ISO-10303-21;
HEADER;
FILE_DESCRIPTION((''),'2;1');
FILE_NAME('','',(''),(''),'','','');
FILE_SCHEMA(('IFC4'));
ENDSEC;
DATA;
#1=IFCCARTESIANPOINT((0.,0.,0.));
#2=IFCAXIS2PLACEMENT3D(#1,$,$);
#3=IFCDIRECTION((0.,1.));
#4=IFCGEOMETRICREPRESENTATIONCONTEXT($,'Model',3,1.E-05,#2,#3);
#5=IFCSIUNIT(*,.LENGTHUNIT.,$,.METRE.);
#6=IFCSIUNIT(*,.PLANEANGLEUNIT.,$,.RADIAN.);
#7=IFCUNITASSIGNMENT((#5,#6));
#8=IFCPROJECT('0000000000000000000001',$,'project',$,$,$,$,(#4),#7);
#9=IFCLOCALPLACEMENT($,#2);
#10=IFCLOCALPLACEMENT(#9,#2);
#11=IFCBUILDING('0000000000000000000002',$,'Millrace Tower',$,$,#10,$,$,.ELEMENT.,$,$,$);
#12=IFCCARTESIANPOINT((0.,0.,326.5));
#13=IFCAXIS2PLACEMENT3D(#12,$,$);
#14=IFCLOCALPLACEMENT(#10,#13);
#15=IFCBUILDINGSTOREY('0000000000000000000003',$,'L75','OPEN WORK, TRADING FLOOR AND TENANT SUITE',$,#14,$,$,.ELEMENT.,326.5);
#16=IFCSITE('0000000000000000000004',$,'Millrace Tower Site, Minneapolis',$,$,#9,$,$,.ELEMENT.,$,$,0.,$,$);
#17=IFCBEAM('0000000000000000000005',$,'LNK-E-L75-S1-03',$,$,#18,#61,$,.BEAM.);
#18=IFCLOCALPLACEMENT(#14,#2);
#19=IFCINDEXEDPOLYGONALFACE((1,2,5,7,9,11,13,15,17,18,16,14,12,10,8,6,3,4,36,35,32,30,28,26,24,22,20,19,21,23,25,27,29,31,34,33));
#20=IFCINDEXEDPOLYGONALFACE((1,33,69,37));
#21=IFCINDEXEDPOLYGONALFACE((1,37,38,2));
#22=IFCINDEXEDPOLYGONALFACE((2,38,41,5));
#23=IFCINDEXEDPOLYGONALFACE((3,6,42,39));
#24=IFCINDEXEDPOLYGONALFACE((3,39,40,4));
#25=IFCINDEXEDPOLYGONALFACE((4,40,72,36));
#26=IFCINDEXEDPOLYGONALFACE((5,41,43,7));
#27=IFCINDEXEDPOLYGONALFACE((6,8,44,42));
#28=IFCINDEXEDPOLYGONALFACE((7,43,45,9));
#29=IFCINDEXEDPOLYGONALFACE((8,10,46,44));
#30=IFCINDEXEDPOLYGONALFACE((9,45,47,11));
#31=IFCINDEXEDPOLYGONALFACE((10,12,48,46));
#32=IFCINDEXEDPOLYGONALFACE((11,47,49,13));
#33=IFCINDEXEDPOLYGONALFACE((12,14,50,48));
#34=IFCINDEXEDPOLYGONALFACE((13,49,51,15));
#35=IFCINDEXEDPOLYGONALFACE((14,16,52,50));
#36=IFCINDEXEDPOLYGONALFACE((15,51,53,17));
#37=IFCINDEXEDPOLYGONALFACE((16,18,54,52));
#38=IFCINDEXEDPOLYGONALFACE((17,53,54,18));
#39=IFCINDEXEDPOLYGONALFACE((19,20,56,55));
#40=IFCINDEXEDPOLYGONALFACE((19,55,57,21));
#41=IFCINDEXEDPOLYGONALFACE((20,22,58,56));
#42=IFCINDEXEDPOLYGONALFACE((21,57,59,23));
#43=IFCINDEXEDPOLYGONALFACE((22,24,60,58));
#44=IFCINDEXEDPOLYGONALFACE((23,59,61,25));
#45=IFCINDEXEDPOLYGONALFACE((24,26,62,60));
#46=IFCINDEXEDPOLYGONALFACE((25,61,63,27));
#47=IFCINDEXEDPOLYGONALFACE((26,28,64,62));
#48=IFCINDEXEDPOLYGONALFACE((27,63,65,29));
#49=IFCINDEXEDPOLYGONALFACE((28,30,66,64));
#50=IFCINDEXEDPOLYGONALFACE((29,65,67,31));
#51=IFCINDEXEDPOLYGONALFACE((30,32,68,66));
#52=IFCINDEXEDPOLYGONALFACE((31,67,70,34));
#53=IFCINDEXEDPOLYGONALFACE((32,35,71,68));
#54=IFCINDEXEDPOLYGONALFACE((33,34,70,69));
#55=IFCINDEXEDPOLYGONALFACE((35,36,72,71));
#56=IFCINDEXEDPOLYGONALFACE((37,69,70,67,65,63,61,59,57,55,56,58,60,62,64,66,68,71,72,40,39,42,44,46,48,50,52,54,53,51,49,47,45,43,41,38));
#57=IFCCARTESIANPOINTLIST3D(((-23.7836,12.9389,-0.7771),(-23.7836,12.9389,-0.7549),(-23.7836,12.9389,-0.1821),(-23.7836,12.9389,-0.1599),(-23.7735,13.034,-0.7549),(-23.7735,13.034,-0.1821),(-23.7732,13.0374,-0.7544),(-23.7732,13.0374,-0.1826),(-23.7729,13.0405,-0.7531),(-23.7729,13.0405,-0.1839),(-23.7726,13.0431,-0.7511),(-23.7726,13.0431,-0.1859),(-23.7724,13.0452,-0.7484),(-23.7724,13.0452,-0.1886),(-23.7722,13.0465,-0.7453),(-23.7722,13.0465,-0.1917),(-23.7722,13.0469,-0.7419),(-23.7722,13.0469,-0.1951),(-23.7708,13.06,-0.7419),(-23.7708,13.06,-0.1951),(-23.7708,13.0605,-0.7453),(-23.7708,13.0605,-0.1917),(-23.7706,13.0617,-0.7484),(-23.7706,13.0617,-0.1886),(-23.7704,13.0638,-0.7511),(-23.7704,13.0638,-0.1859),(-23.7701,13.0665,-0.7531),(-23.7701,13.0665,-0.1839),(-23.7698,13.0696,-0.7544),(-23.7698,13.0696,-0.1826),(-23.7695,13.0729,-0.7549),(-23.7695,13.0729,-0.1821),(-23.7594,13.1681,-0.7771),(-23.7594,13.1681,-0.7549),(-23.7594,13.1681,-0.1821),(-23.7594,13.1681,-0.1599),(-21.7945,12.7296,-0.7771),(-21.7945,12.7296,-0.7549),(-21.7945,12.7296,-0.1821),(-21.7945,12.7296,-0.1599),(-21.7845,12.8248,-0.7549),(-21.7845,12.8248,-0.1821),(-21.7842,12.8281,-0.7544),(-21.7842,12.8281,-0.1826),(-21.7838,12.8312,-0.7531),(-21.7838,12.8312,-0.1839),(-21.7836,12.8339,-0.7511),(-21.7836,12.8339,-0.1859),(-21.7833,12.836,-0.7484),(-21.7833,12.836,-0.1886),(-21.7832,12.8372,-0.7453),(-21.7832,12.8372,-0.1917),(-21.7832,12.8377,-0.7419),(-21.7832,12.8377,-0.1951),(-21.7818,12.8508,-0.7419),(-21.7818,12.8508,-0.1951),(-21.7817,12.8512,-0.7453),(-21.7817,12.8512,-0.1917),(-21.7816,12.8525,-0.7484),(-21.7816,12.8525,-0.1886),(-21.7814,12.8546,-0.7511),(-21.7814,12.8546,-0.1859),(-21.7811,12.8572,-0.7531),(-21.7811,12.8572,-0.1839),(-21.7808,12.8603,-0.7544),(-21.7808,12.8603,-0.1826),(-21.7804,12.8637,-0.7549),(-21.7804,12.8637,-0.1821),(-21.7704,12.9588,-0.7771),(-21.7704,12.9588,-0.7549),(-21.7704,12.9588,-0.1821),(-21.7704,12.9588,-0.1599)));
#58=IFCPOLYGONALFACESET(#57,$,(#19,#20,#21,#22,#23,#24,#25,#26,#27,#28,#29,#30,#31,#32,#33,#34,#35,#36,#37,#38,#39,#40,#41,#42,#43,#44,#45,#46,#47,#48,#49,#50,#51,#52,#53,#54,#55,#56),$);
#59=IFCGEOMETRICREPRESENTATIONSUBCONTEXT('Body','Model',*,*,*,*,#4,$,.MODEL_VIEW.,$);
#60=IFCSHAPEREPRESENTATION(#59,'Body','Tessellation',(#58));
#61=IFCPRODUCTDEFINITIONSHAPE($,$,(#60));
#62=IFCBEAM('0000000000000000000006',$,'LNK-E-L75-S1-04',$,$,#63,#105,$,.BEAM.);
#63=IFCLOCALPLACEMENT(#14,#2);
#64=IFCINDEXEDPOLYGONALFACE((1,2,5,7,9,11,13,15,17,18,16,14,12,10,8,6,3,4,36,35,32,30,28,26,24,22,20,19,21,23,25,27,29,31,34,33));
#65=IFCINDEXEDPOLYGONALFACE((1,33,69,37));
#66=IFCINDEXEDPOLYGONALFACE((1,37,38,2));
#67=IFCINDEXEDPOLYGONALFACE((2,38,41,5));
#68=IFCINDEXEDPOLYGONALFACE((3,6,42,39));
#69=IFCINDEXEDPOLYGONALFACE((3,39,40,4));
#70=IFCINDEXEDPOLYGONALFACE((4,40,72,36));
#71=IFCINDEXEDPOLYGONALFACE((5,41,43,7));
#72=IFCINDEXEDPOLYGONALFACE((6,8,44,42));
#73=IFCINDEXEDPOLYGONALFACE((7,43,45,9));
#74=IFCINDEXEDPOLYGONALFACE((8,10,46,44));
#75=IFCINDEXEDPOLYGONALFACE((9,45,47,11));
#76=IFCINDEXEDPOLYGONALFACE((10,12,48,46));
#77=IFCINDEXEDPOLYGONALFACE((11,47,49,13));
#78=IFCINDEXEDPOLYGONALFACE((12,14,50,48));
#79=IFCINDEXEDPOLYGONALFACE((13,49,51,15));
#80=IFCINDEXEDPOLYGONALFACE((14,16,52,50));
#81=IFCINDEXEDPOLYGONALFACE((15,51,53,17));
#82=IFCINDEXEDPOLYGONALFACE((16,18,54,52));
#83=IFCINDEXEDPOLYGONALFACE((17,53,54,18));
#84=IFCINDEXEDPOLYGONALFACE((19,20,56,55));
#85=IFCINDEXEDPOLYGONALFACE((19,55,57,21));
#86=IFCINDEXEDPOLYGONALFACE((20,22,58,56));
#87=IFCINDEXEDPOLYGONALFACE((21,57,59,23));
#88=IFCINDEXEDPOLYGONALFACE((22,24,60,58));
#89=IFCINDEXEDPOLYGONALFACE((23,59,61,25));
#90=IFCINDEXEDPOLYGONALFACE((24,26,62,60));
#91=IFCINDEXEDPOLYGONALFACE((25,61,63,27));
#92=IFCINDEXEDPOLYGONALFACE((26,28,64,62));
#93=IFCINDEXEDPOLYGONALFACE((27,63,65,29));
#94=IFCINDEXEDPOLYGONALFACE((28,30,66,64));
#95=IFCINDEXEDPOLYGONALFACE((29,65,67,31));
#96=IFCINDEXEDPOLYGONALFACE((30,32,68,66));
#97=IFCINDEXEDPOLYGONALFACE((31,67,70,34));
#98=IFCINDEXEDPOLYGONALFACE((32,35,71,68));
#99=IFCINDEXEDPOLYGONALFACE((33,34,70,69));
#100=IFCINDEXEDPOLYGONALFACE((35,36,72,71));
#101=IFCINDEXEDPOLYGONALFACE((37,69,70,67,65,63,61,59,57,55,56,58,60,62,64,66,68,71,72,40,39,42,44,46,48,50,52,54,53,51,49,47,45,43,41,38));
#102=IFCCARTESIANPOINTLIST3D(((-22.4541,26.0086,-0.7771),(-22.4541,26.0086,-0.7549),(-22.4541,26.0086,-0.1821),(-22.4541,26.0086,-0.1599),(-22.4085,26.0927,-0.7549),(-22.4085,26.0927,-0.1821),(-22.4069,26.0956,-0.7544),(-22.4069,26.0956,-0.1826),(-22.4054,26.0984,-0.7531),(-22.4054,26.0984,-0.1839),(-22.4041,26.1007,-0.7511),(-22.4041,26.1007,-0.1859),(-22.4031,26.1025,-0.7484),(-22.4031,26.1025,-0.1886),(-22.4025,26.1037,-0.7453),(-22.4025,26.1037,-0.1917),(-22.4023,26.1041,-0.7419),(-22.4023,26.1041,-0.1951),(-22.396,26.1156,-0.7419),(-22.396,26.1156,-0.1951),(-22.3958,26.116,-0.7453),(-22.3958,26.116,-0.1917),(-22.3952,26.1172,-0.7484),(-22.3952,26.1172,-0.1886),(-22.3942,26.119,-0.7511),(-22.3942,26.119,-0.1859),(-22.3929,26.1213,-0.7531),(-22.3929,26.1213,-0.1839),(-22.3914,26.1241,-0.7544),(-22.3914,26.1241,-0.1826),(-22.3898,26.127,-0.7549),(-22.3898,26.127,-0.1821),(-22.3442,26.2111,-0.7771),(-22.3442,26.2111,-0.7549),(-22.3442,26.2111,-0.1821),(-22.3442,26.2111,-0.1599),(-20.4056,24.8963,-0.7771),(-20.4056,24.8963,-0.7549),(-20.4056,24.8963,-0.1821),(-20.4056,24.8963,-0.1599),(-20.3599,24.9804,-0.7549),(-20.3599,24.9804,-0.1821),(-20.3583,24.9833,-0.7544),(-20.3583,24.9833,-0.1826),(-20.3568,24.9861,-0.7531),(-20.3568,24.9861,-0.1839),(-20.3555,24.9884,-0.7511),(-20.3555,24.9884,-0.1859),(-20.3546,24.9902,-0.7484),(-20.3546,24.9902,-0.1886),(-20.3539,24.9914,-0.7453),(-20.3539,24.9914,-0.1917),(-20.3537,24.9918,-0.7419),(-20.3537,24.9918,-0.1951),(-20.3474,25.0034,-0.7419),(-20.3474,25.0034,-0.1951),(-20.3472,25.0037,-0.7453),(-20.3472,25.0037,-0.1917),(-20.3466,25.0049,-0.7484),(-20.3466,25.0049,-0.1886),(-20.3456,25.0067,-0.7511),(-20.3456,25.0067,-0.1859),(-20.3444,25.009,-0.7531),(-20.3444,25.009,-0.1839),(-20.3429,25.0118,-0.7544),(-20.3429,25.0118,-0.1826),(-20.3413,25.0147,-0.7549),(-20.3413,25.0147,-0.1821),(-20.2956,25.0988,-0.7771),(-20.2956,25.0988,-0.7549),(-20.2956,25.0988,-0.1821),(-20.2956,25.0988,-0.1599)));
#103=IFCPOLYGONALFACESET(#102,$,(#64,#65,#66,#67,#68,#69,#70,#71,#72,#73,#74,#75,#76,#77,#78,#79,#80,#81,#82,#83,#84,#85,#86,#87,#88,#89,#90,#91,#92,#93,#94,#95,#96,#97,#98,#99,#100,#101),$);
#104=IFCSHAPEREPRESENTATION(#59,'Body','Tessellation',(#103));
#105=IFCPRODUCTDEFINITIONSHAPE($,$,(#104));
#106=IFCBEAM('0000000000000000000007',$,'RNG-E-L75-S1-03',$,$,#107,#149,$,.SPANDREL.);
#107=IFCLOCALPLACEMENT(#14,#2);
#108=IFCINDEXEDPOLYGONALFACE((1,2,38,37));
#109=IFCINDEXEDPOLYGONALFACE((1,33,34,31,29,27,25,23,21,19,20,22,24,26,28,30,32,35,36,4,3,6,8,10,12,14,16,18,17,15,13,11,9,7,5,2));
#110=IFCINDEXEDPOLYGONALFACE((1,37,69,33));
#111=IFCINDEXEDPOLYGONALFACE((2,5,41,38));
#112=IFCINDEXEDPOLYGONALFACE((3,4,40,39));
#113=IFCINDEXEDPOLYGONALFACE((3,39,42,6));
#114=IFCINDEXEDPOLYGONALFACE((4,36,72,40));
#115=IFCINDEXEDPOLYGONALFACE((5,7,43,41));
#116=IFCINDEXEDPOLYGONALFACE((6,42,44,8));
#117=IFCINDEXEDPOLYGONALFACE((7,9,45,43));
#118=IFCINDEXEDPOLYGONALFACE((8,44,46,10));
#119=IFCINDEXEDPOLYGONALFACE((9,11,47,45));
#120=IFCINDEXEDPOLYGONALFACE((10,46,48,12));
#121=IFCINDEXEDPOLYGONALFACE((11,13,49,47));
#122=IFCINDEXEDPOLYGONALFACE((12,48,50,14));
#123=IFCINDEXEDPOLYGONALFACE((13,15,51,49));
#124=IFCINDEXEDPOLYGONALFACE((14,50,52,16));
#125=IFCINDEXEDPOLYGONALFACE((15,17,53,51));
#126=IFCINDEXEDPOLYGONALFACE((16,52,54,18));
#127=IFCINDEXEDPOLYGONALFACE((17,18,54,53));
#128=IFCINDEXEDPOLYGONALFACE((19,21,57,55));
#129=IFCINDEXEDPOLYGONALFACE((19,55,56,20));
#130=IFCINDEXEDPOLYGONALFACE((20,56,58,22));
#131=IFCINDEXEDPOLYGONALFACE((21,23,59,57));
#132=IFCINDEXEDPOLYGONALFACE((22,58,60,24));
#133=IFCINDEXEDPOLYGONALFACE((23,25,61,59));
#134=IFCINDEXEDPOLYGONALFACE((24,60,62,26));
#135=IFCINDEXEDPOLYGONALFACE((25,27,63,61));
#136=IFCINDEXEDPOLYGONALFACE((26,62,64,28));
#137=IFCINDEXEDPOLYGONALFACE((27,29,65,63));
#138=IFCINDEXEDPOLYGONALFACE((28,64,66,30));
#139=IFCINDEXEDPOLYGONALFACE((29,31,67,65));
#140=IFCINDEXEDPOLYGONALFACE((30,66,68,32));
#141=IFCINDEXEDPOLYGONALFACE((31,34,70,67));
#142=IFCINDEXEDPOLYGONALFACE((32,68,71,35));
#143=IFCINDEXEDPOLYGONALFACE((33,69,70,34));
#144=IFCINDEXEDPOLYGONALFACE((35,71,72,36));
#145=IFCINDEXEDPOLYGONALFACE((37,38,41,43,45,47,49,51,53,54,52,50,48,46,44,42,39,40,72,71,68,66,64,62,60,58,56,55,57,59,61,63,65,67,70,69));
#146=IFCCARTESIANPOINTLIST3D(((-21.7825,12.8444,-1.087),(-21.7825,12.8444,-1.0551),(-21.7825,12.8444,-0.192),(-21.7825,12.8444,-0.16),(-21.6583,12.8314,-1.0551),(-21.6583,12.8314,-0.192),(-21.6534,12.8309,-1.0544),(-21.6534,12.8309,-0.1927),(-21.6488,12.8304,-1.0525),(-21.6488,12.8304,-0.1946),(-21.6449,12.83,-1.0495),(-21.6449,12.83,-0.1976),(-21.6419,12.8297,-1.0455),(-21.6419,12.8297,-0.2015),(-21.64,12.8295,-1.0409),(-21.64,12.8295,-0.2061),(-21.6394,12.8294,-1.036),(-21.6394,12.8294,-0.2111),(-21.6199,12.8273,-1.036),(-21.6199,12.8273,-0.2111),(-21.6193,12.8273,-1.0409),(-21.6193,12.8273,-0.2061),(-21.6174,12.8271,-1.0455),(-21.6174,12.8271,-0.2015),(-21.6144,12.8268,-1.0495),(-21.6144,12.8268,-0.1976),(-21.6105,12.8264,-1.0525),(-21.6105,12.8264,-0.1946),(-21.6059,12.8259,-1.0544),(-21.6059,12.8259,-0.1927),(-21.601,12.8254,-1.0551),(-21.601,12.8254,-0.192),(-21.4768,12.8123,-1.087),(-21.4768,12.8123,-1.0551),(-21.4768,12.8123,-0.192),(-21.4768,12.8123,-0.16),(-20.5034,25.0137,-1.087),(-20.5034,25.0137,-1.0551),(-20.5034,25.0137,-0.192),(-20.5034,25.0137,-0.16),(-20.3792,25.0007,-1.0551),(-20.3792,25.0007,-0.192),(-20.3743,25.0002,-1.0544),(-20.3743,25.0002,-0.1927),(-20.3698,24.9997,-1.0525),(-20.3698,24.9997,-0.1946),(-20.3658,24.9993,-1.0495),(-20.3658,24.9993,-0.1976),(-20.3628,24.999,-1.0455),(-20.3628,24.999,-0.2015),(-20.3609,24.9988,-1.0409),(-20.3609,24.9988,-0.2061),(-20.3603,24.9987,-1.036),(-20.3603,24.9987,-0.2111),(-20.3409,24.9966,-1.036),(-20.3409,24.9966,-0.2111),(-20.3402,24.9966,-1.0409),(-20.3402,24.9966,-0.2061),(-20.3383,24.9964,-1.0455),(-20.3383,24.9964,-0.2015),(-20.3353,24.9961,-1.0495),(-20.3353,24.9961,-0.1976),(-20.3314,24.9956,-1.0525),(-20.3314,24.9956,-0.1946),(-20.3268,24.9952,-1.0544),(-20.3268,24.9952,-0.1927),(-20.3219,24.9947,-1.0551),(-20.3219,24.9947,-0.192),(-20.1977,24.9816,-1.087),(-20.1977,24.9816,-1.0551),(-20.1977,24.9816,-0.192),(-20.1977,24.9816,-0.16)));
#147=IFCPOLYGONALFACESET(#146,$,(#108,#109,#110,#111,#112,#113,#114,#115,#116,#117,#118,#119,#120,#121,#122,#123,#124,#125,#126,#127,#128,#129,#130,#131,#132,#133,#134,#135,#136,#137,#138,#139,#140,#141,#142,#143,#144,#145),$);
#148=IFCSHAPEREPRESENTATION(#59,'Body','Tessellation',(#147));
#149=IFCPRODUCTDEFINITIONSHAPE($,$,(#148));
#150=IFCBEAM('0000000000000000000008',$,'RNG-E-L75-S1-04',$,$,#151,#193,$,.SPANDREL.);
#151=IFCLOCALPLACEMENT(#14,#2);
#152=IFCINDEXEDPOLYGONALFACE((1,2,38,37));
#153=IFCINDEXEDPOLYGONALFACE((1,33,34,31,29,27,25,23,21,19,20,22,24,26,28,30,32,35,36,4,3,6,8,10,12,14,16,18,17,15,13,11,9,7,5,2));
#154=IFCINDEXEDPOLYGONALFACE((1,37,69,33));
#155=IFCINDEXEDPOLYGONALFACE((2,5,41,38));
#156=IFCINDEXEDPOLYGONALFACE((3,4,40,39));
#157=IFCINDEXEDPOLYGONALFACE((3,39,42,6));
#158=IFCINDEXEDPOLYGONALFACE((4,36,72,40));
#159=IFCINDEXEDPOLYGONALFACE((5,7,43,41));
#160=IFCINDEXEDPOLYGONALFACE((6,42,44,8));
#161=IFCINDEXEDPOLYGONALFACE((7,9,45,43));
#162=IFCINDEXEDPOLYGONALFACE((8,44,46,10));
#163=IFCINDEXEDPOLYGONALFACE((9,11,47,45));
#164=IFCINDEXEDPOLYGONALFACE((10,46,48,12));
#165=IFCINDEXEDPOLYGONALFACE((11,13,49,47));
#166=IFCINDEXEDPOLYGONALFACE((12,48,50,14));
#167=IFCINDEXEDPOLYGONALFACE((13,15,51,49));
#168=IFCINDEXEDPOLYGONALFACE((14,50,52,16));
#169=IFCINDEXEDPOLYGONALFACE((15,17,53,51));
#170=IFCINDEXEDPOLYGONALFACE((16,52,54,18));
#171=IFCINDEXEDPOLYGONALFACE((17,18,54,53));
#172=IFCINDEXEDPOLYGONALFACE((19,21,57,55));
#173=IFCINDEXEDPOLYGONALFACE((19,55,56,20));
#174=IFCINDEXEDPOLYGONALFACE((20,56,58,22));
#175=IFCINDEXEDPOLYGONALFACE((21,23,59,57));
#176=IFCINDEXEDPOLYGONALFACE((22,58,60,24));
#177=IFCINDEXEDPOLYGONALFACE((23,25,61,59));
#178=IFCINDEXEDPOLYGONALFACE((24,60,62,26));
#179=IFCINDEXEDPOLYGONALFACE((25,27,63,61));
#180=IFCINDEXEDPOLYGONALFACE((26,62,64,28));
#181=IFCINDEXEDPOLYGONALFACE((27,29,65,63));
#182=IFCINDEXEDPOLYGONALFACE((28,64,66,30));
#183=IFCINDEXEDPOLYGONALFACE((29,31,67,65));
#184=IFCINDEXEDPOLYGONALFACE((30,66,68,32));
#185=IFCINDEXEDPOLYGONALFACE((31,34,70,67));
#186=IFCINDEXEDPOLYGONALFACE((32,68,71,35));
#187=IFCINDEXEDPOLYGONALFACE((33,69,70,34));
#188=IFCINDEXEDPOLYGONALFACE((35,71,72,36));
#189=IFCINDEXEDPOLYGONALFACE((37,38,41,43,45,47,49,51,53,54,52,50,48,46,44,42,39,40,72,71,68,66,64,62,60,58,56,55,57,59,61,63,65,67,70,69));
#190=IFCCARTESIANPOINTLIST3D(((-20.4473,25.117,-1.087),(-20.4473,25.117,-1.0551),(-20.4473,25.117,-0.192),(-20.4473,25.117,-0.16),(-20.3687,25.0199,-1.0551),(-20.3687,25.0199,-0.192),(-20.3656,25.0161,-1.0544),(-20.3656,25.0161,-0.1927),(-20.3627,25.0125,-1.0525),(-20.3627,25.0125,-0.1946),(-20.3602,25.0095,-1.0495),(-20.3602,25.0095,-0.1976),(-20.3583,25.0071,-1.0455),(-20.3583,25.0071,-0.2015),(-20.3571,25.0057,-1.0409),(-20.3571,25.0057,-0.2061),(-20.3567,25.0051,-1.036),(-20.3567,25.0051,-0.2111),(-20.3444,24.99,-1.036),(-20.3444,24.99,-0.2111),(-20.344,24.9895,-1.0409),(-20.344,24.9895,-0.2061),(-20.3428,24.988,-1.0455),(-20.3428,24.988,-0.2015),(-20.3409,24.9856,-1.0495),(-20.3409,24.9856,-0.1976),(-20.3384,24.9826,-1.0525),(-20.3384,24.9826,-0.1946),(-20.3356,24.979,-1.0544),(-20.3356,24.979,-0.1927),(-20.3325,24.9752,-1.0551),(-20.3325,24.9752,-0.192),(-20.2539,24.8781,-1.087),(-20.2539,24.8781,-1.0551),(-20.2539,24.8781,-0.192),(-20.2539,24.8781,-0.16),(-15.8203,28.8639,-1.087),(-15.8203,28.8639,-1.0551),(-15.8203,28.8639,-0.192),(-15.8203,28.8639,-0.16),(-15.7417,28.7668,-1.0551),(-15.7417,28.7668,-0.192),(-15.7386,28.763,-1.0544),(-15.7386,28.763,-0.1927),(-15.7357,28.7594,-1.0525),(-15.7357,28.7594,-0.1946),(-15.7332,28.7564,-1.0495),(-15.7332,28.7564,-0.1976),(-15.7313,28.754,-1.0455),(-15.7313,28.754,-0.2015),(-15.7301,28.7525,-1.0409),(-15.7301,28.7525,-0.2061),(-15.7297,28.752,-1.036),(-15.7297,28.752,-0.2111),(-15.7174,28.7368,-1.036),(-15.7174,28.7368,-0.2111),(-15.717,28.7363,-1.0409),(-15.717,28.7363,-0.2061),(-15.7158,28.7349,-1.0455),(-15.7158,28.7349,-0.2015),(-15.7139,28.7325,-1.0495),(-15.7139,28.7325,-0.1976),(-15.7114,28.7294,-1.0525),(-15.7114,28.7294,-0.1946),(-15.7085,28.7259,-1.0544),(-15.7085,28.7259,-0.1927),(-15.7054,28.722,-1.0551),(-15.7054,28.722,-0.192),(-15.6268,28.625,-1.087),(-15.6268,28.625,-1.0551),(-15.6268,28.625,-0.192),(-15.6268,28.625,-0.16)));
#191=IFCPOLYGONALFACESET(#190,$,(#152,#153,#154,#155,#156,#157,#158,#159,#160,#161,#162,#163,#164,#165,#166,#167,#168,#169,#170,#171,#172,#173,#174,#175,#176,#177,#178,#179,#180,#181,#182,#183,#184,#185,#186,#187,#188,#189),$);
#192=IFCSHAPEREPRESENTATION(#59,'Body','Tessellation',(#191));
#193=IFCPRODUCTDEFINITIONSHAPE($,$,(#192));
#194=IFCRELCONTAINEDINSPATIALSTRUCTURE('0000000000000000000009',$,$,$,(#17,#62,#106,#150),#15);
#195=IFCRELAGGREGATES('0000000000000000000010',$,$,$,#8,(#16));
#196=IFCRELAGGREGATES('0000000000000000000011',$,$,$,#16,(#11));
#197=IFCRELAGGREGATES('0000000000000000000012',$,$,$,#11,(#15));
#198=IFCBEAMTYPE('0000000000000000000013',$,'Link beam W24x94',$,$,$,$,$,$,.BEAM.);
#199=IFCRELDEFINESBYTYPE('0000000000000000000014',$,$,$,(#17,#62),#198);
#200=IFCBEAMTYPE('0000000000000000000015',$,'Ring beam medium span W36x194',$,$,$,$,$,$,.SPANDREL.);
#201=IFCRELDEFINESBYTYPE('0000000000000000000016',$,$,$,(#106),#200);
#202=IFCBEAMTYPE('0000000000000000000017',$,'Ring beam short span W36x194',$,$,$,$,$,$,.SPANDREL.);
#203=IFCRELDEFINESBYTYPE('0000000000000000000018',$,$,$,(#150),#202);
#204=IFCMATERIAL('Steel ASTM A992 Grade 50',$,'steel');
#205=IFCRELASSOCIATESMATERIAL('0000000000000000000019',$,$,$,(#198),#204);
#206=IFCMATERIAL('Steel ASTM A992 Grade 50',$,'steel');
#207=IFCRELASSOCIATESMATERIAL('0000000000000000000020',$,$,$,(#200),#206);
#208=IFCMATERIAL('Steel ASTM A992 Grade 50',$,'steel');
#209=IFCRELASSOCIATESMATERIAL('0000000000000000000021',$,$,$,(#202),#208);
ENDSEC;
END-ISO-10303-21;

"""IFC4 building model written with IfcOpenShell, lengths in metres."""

from ifc_helpers import new_model, si_unit, direction, frame, origin, origin_2d, place, context, subcontext, project, spatial, i_section, extrude, material, material_profile, profile_set, type_object, element, save


model = new_model("IFC4")

# Units and contexts
model_context = context("Model", 3, precision=1e-05, world=origin(), true_north=direction((0.0, 1.0)))
body_context = subcontext(model_context, "Body", "Model", "MODEL_VIEW")
ifc_project = project(units=[si_unit("LENGTHUNIT", "METRE"), si_unit("PLANEANGLEUNIT", "RADIAN")], contexts=[model_context])

# Site, building, storey
site_placement = place(None, origin())
site = spatial("IfcSite", under=ifc_project, at=site_placement, Name="Millrace Tower Site, Minneapolis", CompositionType="ELEMENT", RefElevation=0.0)
building_placement = place(site_placement, origin())
building = spatial("IfcBuilding", under=site, at=building_placement, Name="Millrace Tower", CompositionType="ELEMENT")
storey_placement = place(building_placement, frame((0.0, 0.0, 326.5)))
storey = spatial("IfcBuildingStorey", under=building, at=storey_placement, Name="L75", Description="OPEN WORK, TRADING FLOOR AND TENANT SUITE", CompositionType="ELEMENT", Elevation=326.5)

# Beams
ifc_material_1 = material(Name="Steel ASTM A992 Grade 50", Category="steel")
ifc_material_profile_1 = material_profile(ifc_material_1, i_section(OverallWidth=0.2305, OverallDepth=0.6172, WebThickness=0.0132, FlangeThickness=0.0222, FilletRadius=0.0129, at=origin_2d()))
ifc_profile_set_1 = profile_set([ifc_material_profile_1], Name="Steel ASTM A992 Grade 50")
beam_type_1 = type_object("IfcBeamType", Name="Link beam W24x94", PredefinedType="BEAM", material=ifc_profile_set_1)
beam_1_placement = place(storey_placement, frame((-21.7825, 12.8442, -0.4685), z_axis=(-0.994513, 0.104615, 0.0), x_axis=(-0.104615, -0.994513, 0.0)))
element("IfcBeam", 1, at=beam_1_placement, inside=storey, type_object=beam_type_1, Name="LNK-E-L75-S1-03", PredefinedType="BEAM", context=body_context, shape_type="SweptSolid", body=[
    extrude(i_section(OverallWidth=0.2305, OverallDepth=0.6172, WebThickness=0.0132, FlangeThickness=0.0222, FilletRadius=0.0129, at=origin_2d()), origin(), (0.0, 0.0, 1.0), 2.0),
])
beam_2_placement = place(storey_placement, frame((-20.3506, 24.9976, -0.4685), z_axis=(-0.878815, 0.477164, 0.0), x_axis=(-0.477164, -0.878815, 0.0)))
element("IfcBeam", 2, at=beam_2_placement, inside=storey, type_object=beam_type_1, Name="LNK-E-L75-S1-04", PredefinedType="BEAM", context=body_context, shape_type="SweptSolid", body=[
    extrude(i_section(OverallWidth=0.2305, OverallDepth=0.6172, WebThickness=0.0132, FlangeThickness=0.0222, FilletRadius=0.0129, at=origin_2d()), origin(), (0.0, 0.0, 1.0), 2.3311),
])
ifc_material_2 = material(Name="Steel ASTM A992 Grade 50", Category="steel")
ifc_material_profile_2 = material_profile(ifc_material_2, i_section(OverallWidth=0.3074, OverallDepth=0.927, WebThickness=0.0195, FlangeThickness=0.032, FilletRadius=0.019, at=origin_2d()))
ifc_profile_set_2 = profile_set([ifc_material_profile_2], Name="Steel ASTM A992 Grade 50")
beam_type_2 = type_object("IfcBeamType", Name="Ring beam medium span W36x194", PredefinedType="SPANDREL", material=ifc_profile_set_2)
beam_3_placement = place(storey_placement, frame((-21.6296, 12.8284, -0.6235), z_axis=(0.10453, 0.994522, 0.0), x_axis=(-0.994522, 0.10453, 0.0)))
element("IfcBeam", 3, at=beam_3_placement, inside=storey, type_object=beam_type_2, Name="RNG-E-L75-S1-03", PredefinedType="SPANDREL", context=body_context, shape_type="SweptSolid", body=[
    extrude(i_section(OverallWidth=0.3074, OverallDepth=0.927, WebThickness=0.0195, FlangeThickness=0.032, FilletRadius=0.019, at=origin_2d()), origin(), (0.0, 0.0, 1.0), 12.2363),
])
ifc_material_3 = material(Name="Steel ASTM A992 Grade 50", Category="steel")
ifc_material_profile_3 = material_profile(ifc_material_3, i_section(OverallWidth=0.3074, OverallDepth=0.927, WebThickness=0.0195, FlangeThickness=0.032, FilletRadius=0.019, at=origin_2d()))
ifc_profile_set_3 = profile_set([ifc_material_profile_3], Name="Steel ASTM A992 Grade 50")
beam_type_3 = type_object("IfcBeamType", Name="Ring beam short span W36x194", PredefinedType="SPANDREL", material=ifc_profile_set_3)
beam_4_placement = place(storey_placement, frame((-20.3506, 24.9976, -0.6235), z_axis=(0.777147, 0.62932, 0.0), x_axis=(-0.62932, 0.777147, 0.0)))
element("IfcBeam", 4, at=beam_4_placement, inside=storey, type_object=beam_type_3, Name="RNG-E-L75-S1-04", PredefinedType="SPANDREL", context=body_context, shape_type="SweptSolid", body=[
    extrude(i_section(OverallWidth=0.3074, OverallDepth=0.927, WebThickness=0.0195, FlangeThickness=0.032, FilletRadius=0.019, at=origin_2d()), origin(), (0.0, 0.0, 1.0), 5.9539),
])

save(model, "model.ifc")
